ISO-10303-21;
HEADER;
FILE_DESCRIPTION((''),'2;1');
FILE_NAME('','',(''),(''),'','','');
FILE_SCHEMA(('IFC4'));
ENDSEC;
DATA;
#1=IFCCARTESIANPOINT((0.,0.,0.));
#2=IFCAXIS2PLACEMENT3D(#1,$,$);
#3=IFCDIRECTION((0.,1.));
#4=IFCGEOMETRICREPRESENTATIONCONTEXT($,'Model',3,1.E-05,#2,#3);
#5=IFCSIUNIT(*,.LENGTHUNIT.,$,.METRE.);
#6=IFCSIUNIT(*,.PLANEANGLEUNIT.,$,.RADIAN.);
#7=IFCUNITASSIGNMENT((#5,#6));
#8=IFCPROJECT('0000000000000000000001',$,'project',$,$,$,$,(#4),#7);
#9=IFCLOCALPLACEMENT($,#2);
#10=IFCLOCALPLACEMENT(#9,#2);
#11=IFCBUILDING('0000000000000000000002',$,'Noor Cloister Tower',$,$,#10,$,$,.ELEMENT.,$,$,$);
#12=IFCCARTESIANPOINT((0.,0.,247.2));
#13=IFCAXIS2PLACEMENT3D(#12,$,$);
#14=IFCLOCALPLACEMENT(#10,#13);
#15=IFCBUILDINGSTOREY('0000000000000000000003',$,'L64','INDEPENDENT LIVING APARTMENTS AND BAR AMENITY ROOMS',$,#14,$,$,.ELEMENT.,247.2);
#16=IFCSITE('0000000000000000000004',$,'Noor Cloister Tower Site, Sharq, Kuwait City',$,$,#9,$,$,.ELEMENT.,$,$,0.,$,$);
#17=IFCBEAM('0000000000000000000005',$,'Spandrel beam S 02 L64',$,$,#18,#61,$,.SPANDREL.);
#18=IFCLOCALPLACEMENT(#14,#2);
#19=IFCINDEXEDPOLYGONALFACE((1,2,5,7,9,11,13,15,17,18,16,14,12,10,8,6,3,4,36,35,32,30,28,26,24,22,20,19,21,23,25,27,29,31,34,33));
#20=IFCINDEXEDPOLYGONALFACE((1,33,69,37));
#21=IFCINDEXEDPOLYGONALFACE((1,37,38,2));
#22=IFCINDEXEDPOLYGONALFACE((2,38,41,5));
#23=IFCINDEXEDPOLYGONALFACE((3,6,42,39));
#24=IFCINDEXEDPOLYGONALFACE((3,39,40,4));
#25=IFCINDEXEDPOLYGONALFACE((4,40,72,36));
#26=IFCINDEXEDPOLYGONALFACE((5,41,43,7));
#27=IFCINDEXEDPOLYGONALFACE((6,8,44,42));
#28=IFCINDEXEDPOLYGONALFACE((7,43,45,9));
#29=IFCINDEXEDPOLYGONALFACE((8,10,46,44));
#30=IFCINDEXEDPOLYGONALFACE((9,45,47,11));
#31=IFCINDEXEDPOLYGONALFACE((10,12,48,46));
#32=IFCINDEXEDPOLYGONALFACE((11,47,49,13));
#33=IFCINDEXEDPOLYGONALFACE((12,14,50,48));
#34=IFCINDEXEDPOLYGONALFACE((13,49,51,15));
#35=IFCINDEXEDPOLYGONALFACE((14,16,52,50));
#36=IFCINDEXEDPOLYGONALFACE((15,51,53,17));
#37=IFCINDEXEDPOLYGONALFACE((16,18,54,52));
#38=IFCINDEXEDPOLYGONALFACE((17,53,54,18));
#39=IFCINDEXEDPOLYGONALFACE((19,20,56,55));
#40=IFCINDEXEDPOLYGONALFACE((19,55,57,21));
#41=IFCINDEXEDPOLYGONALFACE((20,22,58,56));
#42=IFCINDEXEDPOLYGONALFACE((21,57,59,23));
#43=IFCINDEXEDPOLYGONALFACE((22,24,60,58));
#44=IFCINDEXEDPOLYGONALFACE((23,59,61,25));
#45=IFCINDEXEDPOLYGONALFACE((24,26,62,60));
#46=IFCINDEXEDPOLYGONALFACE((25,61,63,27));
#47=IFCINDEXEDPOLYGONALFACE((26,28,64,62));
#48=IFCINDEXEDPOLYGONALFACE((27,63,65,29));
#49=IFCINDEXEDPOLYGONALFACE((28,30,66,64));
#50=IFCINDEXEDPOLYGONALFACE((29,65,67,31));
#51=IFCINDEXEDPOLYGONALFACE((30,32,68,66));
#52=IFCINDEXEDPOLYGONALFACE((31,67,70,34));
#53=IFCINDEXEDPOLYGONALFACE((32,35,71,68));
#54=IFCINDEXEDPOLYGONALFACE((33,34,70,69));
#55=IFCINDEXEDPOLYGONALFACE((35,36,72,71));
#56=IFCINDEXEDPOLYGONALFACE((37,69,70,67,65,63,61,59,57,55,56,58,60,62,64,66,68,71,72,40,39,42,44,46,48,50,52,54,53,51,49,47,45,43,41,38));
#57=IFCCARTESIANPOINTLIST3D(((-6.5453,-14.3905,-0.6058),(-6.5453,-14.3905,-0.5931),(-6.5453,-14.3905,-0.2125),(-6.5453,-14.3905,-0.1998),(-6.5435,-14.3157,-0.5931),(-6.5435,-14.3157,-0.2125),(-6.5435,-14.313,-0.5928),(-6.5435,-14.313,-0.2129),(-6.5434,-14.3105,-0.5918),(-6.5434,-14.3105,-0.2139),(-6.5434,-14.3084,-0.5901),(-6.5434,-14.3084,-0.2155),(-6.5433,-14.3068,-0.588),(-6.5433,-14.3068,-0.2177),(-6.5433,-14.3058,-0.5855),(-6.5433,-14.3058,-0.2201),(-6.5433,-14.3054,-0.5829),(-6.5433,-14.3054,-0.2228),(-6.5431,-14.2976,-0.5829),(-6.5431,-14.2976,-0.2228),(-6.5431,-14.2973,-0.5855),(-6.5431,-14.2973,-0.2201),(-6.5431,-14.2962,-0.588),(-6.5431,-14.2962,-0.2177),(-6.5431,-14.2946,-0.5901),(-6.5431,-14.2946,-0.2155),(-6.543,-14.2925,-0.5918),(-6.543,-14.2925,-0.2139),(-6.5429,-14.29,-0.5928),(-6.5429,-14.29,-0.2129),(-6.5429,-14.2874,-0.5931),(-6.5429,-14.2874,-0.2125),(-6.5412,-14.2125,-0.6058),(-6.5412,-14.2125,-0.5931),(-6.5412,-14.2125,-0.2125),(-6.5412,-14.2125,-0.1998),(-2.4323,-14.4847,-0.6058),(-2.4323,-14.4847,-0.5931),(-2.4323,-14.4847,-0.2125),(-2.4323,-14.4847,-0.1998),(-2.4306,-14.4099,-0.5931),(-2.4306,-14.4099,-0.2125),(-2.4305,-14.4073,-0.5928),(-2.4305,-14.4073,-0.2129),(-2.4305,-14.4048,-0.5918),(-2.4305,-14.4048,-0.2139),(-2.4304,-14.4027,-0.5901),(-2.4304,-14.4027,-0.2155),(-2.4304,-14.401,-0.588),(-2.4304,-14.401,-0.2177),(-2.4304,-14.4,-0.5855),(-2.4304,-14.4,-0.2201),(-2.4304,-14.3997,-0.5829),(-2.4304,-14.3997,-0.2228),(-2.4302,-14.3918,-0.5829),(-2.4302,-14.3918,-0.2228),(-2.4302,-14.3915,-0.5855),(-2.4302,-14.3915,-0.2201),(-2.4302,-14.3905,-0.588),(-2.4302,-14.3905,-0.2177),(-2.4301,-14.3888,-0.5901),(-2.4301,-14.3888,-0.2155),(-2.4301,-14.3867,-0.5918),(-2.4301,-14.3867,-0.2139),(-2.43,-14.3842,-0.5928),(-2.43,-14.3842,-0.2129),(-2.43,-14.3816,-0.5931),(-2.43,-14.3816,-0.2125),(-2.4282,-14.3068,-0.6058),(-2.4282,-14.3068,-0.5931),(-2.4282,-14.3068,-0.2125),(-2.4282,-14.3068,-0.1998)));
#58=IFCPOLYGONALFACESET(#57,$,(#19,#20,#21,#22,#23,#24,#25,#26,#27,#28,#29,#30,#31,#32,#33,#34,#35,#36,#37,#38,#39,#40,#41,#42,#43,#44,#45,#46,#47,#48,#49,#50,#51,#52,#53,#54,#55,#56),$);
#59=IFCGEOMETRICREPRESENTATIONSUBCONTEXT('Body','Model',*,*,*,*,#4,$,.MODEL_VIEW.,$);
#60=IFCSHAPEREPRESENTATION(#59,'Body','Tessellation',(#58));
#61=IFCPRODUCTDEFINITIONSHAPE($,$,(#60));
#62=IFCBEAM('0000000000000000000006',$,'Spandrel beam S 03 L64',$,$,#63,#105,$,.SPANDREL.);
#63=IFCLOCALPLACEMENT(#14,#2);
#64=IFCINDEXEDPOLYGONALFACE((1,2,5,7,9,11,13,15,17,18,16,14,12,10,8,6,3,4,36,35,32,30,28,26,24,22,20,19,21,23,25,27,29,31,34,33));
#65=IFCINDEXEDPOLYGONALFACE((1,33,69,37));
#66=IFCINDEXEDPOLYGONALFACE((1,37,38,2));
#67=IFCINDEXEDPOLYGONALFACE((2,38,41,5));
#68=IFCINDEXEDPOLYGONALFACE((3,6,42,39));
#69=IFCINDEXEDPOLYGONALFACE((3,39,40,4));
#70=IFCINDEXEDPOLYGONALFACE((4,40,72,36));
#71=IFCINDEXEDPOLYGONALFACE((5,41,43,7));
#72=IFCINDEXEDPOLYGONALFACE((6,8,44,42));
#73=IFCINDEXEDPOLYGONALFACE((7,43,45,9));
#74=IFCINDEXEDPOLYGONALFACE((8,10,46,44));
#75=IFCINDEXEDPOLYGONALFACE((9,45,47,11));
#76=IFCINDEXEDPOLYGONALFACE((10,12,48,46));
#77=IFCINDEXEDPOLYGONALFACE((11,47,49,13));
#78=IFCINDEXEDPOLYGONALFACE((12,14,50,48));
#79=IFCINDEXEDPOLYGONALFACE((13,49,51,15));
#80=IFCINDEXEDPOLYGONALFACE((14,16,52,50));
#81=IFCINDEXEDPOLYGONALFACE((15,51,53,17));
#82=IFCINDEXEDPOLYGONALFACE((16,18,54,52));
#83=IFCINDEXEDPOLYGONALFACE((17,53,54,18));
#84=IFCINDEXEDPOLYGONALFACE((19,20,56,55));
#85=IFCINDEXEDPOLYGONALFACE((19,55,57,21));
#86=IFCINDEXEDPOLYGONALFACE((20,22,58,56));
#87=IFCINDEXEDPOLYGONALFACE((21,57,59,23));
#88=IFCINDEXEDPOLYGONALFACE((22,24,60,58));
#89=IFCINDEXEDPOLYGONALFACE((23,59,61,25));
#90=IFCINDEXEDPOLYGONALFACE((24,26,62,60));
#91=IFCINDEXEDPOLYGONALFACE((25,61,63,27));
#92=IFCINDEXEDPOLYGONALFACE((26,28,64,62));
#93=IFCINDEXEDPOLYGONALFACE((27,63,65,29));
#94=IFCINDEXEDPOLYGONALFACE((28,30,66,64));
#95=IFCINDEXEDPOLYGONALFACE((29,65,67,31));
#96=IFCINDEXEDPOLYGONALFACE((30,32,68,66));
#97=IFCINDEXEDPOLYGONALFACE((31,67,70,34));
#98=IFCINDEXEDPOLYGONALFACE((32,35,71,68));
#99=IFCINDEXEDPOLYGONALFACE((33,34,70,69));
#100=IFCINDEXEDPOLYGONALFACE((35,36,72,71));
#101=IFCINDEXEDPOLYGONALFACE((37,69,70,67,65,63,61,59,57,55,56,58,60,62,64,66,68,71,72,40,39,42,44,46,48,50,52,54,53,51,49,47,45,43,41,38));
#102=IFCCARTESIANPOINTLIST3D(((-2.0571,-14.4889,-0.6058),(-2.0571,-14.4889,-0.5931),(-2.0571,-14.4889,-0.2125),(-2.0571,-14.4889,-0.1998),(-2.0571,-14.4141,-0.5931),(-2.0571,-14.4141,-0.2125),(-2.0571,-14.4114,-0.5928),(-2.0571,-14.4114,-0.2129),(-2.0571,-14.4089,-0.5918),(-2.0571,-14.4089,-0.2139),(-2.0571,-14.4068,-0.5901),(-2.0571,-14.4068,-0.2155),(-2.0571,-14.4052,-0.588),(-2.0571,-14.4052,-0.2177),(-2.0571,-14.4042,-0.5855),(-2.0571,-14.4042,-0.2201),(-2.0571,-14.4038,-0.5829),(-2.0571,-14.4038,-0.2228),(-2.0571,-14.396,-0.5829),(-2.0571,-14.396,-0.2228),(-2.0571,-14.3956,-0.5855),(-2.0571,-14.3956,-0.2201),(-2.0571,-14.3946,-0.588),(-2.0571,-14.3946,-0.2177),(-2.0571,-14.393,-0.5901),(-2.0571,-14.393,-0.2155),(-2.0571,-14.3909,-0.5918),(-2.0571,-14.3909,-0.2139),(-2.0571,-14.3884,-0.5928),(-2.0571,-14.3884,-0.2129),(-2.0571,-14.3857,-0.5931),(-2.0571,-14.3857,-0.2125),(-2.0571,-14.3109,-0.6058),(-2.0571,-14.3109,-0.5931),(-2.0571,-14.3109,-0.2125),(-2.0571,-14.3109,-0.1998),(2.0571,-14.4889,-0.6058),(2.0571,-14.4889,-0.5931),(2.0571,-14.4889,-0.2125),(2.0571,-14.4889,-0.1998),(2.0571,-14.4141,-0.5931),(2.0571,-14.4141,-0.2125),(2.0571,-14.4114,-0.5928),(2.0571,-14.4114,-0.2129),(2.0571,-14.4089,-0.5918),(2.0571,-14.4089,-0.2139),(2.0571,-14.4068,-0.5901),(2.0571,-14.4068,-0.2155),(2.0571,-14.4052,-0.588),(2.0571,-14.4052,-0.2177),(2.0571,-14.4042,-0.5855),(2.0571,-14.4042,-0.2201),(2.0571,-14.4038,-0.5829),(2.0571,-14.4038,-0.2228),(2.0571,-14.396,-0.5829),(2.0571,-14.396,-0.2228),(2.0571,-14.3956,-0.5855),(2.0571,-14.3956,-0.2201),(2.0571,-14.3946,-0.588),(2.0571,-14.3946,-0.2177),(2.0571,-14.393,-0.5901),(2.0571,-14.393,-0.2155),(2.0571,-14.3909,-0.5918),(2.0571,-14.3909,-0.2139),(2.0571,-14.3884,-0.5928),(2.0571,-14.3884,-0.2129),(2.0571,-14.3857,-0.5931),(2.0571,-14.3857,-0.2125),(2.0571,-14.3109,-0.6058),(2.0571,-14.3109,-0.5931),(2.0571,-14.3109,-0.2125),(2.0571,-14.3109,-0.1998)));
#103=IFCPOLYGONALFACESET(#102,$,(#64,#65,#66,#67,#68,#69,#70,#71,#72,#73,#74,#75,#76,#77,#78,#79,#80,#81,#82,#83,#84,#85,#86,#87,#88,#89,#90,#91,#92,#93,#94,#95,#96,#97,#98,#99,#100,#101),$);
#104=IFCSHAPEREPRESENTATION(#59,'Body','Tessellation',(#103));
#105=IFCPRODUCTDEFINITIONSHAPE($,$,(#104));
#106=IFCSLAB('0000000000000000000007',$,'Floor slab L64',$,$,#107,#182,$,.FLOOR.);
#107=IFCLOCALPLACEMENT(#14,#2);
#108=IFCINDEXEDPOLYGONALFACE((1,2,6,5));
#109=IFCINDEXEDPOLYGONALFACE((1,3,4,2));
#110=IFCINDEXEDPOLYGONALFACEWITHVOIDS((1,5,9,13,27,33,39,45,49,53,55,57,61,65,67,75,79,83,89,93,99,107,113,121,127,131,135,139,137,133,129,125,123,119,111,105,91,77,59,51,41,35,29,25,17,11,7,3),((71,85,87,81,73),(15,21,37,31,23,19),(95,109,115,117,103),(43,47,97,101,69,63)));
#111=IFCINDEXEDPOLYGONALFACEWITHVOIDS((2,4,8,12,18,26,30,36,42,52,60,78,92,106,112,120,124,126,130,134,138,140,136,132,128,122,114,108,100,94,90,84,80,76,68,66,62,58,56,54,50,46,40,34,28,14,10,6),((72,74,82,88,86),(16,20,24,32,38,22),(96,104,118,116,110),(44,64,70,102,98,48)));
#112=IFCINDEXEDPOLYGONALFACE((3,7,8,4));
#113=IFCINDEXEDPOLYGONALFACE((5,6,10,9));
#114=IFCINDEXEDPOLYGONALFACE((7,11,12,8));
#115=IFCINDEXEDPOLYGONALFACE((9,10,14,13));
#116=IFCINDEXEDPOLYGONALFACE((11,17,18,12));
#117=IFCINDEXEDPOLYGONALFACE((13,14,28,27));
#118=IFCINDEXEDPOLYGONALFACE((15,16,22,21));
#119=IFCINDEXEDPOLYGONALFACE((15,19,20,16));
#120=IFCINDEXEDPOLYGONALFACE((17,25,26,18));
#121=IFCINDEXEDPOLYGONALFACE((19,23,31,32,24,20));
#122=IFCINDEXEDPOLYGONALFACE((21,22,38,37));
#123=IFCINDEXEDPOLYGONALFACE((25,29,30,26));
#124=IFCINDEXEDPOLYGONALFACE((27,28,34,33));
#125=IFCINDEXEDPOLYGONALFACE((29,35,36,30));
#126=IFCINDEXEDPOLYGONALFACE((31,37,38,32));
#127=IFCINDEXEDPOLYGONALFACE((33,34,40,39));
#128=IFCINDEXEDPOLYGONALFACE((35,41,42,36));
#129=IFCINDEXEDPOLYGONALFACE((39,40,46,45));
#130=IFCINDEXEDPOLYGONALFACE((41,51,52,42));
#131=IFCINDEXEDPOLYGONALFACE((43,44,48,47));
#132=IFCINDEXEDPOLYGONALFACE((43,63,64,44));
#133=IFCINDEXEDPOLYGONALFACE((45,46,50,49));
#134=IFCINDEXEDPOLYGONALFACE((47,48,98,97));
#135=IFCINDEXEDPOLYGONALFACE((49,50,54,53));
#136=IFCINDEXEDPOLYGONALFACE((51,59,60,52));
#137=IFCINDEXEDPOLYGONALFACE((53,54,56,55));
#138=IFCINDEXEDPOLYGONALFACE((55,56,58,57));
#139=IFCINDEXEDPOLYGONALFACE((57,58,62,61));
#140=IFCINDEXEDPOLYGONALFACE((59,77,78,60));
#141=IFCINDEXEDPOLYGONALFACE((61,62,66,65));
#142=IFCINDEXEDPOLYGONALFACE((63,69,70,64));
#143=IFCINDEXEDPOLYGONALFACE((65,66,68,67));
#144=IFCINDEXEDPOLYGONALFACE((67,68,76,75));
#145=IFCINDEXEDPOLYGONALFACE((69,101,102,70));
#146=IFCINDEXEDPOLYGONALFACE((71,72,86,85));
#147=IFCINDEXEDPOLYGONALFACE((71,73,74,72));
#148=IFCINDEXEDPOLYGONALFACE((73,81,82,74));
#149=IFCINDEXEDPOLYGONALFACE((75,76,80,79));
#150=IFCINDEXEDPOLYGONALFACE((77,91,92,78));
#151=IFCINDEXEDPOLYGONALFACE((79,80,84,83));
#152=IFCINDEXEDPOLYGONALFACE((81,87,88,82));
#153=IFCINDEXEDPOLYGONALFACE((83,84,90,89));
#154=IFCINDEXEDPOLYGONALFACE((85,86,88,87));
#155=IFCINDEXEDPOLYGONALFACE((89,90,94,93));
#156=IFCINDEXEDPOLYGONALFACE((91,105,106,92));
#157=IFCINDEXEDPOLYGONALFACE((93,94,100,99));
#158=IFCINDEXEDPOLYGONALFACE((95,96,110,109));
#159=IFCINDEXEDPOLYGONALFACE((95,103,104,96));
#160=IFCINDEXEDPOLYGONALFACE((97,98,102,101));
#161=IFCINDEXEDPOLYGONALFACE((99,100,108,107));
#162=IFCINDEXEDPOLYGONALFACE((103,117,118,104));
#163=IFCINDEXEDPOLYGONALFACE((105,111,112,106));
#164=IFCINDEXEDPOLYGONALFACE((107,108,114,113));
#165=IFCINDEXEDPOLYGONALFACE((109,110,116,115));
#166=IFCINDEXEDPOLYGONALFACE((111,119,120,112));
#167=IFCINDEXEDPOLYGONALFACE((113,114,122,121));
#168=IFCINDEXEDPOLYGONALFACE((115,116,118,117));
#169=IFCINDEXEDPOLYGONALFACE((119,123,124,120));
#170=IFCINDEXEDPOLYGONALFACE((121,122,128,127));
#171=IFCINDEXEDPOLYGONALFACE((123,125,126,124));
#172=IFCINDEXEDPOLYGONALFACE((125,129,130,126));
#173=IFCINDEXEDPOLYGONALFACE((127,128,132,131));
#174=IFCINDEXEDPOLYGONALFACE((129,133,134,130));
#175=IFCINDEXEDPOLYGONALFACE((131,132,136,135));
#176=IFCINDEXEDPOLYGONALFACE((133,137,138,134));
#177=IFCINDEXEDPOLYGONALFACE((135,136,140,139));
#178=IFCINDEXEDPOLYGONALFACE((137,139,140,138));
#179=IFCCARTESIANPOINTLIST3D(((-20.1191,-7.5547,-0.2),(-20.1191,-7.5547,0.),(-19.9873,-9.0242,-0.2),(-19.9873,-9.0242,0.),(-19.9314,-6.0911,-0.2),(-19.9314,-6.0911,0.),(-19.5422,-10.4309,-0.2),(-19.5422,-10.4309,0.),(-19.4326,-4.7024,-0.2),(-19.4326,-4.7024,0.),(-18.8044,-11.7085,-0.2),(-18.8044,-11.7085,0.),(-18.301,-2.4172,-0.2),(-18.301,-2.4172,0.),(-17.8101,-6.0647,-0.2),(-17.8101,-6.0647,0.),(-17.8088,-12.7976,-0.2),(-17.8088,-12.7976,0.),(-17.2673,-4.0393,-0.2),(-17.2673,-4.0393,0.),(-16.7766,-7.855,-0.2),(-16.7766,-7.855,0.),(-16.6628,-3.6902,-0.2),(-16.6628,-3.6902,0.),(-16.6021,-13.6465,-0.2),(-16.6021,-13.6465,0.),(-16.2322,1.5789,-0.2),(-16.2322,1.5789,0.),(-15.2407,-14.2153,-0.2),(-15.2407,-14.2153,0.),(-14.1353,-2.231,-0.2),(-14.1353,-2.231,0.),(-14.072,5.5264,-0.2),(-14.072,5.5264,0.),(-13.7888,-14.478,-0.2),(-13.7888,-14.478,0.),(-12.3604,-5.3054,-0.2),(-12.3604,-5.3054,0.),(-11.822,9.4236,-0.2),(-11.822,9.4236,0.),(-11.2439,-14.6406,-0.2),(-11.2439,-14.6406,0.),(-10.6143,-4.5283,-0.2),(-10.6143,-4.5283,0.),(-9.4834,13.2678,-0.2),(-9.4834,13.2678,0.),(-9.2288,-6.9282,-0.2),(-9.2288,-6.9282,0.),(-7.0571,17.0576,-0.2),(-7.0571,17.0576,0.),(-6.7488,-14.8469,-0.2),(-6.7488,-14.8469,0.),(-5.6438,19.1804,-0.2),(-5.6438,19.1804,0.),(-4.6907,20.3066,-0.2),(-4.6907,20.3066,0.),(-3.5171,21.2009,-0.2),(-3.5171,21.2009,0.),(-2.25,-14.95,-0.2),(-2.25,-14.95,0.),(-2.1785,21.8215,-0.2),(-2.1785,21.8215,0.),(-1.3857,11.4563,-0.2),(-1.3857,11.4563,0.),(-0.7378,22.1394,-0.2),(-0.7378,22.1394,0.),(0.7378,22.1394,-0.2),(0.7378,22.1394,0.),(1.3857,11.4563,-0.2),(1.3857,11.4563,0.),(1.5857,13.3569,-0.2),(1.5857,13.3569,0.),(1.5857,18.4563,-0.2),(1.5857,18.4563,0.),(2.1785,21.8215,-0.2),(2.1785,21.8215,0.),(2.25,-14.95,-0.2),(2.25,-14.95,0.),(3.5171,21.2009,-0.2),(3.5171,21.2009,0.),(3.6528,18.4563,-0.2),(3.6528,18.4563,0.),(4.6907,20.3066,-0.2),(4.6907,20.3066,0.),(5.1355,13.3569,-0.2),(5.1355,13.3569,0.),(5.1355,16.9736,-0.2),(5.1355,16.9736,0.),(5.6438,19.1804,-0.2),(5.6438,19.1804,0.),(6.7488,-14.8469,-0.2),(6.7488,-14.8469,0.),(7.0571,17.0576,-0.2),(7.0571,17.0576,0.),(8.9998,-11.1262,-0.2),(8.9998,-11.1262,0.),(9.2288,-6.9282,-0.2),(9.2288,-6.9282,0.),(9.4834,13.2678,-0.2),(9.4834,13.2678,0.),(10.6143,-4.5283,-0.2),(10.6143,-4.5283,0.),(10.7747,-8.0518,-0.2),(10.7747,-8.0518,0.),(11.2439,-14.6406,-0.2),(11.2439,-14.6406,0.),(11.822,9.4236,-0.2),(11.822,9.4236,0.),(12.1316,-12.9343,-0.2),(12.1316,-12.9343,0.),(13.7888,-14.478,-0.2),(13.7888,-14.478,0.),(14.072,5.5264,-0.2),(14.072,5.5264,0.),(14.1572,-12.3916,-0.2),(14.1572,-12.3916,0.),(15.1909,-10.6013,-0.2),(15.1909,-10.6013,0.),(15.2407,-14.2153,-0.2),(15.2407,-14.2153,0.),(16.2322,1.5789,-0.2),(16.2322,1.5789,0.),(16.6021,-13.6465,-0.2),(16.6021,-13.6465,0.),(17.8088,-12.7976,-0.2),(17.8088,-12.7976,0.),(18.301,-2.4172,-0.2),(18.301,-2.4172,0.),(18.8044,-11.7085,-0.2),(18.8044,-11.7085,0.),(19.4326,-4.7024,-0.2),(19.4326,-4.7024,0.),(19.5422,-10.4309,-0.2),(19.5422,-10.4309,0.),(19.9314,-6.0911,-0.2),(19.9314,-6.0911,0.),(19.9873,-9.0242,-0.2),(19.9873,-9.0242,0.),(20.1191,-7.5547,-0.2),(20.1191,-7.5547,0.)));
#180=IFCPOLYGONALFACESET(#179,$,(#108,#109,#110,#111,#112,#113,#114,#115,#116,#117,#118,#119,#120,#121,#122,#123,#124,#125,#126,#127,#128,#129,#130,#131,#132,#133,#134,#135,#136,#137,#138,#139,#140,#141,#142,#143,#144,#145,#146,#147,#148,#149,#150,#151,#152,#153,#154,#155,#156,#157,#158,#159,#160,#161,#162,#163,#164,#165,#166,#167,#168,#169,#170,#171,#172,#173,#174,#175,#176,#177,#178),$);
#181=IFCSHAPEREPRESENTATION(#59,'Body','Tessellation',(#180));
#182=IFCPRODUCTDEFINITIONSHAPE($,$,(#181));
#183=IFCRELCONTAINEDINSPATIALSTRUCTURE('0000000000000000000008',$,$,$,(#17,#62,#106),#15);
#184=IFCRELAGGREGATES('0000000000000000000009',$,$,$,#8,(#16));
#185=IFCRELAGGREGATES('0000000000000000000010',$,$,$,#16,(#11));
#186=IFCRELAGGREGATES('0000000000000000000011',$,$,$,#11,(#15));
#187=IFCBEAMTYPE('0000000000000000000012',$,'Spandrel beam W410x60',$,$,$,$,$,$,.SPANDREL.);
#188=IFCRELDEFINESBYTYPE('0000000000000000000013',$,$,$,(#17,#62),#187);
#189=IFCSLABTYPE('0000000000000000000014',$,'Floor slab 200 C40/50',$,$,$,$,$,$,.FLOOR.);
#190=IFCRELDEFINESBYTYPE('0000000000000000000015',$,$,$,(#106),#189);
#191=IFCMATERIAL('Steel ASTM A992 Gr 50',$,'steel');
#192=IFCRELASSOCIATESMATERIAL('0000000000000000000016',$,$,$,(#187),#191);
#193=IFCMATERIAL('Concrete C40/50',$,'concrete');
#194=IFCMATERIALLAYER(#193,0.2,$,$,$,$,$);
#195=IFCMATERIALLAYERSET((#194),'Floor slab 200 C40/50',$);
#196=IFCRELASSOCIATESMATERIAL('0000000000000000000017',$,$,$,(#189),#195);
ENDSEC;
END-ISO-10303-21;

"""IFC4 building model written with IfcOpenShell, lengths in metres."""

from ifc_helpers import new_model, si_unit, direction, frame, origin, origin_2d, place, context, subcontext, project, spatial, polyline, i_section, outline, extrude, material, layer, layer_set, material_profile, profile_set, type_object, element, save


model = new_model("IFC4")

# Units and contexts
model_context = context("Model", 3, precision=1e-05, world=origin(), true_north=direction((0.0, 1.0)))
body_context = subcontext(model_context, "Body", "Model", "MODEL_VIEW")
ifc_project = project(units=[si_unit("LENGTHUNIT", "METRE"), si_unit("PLANEANGLEUNIT", "RADIAN")], contexts=[model_context])

# Site, building, storey
site_placement = place(None, origin())
site = spatial("IfcSite", under=ifc_project, at=site_placement, Name="Noor Cloister Tower Site, Sharq, Kuwait City", CompositionType="ELEMENT", RefElevation=0.0)
building_placement = place(site_placement, origin())
building = spatial("IfcBuilding", under=site, at=building_placement, Name="Noor Cloister Tower", CompositionType="ELEMENT")
storey_placement = place(building_placement, frame((0.0, 0.0, 247.2)))
storey = spatial("IfcBuildingStorey", under=building, at=storey_placement, Name="L64", Description="INDEPENDENT LIVING APARTMENTS AND BAR AMENITY ROOMS", CompositionType="ELEMENT", Elevation=247.2)

# Beams
ifc_material_1 = material(Name="Steel ASTM A992 Gr 50", Category="steel")
ifc_material_profile_1 = material_profile(ifc_material_1, i_section(OverallWidth=0.178, OverallDepth=0.406, WebThickness=0.0078, FlangeThickness=0.0127, FilletRadius=0.0103, at=origin_2d()), Name="W410x60")
ifc_profile_set_1 = profile_set([ifc_material_profile_1], Name="Steel ASTM A992 Gr 50")
beam_type_1 = type_object("IfcBeamType", Name="Spandrel beam W410x60", PredefinedType="SPANDREL", material=ifc_profile_set_1)
beam_1_placement = place(storey_placement, frame((-6.5432, -14.3015, -0.4028), z_axis=(0.999738, -0.022906, 0.0), x_axis=(0.022906, 0.999738, 0.0)))
element("IfcBeam", 1, at=beam_1_placement, inside=storey, type_object=beam_type_1, Name="Spandrel beam S 02 L64", PredefinedType="SPANDREL", context=body_context, shape_type="SweptSolid", body=[
    extrude(i_section(OverallWidth=0.178, OverallDepth=0.406, WebThickness=0.0078, FlangeThickness=0.0127, FilletRadius=0.0103, at=origin_2d()), origin(), (0.0, 0.0, 1.0), 4.114),
])
beam_2_placement = place(storey_placement, frame((-2.0571, -14.3999, -0.4028), z_axis=(1.0, 0.0, 0.0), x_axis=(0.0, 1.0, 0.0)))
element("IfcBeam", 2, at=beam_2_placement, inside=storey, type_object=beam_type_1, Name="Spandrel beam S 03 L64", PredefinedType="SPANDREL", context=body_context, shape_type="SweptSolid", body=[
    extrude(i_section(OverallWidth=0.178, OverallDepth=0.406, WebThickness=0.0078, FlangeThickness=0.0127, FilletRadius=0.0103, at=origin_2d()), origin(), (0.0, 0.0, 1.0), 4.1143),
])

# Slab
ifc_material_2 = material(Name="Concrete C40/50", Category="concrete")
ifc_layer_1 = layer(ifc_material_2, 0.2)
ifc_layer_set_1 = layer_set([ifc_layer_1], Name="Floor slab 200 C40/50")
slab_type = type_object("IfcSlabType", Name="Floor slab 200 C40/50", PredefinedType="FLOOR", material=ifc_layer_set_1)
slab_placement = place(storey_placement, frame((0.0, 0.0, -0.2)))
element("IfcSlab", 3, at=slab_placement, inside=storey, type_object=slab_type, Name="Floor slab L64", PredefinedType="FLOOR", context=body_context, shape_type="SweptSolid", body=[
    extrude(outline(polyline([(5.6438, 19.1804), (4.6907, 20.3066), (3.5171, 21.2009), (2.1785, 21.8215), (0.7378, 22.1394), (-0.7378, 22.1394), (-2.1785, 21.8215), (-3.5171, 21.2009), (-4.6907, 20.3066), (-5.6438, 19.1804), (-7.0571, 17.0576), (-9.4834, 13.2678), (-11.822, 9.4236), (-14.072, 5.5264), (-16.2322, 1.5789), (-18.301, -2.4172), (-19.4326, -4.7024), (-19.9314, -6.0911), (-20.1191, -7.5547), (-19.9873, -9.0242), (-19.5422, -10.4309), (-18.8044, -11.7085), (-17.8088, -12.7976), (-16.6021, -13.6465), (-15.2407, -14.2153), (-13.7888, -14.478), (-11.2439, -14.6406), (-6.7488, -14.8469), (-2.25, -14.95), (2.25, -14.95), (6.7488, -14.8469), (11.2439, -14.6406), (13.7888, -14.478), (15.2407, -14.2153), (16.6021, -13.6465), (17.8088, -12.7976), (18.8044, -11.7085), (19.5422, -10.4309), (19.9873, -9.0242), (20.1191, -7.5547), (19.9314, -6.0911), (19.4326, -4.7024), (18.301, -2.4172), (16.2322, 1.5789), (14.072, 5.5264), (11.822, 9.4236), (9.4834, 13.2678), (7.0571, 17.0576), (5.6438, 19.1804)]), holes=[polyline([(8.9998, -11.1262), (12.1316, -12.9343), (14.1572, -12.3916), (15.1909, -10.6013), (10.7747, -8.0518), (8.9998, -11.1262)]), polyline([(-17.8101, -6.0647), (-16.7766, -7.855), (-12.3604, -5.3054), (-14.1353, -2.231), (-16.6628, -3.6902), (-17.2673, -4.0393), (-17.8101, -6.0647)]), polyline([(-10.6143, -4.5283), (-9.2288, -6.9282), (9.2288, -6.9282), (10.6143, -4.5283), (1.3857, 11.4563), (-1.3857, 11.4563), (-10.6143, -4.5283)]), polyline([(3.6528, 18.4563), (1.5857, 18.4563), (1.5857, 13.3569), (5.1355, 13.3569), (5.1355, 16.9736), (3.6528, 18.4563)])]), origin(), (0.0, 0.0, 1.0), 0.2),
])

save(model, "model.ifc")
